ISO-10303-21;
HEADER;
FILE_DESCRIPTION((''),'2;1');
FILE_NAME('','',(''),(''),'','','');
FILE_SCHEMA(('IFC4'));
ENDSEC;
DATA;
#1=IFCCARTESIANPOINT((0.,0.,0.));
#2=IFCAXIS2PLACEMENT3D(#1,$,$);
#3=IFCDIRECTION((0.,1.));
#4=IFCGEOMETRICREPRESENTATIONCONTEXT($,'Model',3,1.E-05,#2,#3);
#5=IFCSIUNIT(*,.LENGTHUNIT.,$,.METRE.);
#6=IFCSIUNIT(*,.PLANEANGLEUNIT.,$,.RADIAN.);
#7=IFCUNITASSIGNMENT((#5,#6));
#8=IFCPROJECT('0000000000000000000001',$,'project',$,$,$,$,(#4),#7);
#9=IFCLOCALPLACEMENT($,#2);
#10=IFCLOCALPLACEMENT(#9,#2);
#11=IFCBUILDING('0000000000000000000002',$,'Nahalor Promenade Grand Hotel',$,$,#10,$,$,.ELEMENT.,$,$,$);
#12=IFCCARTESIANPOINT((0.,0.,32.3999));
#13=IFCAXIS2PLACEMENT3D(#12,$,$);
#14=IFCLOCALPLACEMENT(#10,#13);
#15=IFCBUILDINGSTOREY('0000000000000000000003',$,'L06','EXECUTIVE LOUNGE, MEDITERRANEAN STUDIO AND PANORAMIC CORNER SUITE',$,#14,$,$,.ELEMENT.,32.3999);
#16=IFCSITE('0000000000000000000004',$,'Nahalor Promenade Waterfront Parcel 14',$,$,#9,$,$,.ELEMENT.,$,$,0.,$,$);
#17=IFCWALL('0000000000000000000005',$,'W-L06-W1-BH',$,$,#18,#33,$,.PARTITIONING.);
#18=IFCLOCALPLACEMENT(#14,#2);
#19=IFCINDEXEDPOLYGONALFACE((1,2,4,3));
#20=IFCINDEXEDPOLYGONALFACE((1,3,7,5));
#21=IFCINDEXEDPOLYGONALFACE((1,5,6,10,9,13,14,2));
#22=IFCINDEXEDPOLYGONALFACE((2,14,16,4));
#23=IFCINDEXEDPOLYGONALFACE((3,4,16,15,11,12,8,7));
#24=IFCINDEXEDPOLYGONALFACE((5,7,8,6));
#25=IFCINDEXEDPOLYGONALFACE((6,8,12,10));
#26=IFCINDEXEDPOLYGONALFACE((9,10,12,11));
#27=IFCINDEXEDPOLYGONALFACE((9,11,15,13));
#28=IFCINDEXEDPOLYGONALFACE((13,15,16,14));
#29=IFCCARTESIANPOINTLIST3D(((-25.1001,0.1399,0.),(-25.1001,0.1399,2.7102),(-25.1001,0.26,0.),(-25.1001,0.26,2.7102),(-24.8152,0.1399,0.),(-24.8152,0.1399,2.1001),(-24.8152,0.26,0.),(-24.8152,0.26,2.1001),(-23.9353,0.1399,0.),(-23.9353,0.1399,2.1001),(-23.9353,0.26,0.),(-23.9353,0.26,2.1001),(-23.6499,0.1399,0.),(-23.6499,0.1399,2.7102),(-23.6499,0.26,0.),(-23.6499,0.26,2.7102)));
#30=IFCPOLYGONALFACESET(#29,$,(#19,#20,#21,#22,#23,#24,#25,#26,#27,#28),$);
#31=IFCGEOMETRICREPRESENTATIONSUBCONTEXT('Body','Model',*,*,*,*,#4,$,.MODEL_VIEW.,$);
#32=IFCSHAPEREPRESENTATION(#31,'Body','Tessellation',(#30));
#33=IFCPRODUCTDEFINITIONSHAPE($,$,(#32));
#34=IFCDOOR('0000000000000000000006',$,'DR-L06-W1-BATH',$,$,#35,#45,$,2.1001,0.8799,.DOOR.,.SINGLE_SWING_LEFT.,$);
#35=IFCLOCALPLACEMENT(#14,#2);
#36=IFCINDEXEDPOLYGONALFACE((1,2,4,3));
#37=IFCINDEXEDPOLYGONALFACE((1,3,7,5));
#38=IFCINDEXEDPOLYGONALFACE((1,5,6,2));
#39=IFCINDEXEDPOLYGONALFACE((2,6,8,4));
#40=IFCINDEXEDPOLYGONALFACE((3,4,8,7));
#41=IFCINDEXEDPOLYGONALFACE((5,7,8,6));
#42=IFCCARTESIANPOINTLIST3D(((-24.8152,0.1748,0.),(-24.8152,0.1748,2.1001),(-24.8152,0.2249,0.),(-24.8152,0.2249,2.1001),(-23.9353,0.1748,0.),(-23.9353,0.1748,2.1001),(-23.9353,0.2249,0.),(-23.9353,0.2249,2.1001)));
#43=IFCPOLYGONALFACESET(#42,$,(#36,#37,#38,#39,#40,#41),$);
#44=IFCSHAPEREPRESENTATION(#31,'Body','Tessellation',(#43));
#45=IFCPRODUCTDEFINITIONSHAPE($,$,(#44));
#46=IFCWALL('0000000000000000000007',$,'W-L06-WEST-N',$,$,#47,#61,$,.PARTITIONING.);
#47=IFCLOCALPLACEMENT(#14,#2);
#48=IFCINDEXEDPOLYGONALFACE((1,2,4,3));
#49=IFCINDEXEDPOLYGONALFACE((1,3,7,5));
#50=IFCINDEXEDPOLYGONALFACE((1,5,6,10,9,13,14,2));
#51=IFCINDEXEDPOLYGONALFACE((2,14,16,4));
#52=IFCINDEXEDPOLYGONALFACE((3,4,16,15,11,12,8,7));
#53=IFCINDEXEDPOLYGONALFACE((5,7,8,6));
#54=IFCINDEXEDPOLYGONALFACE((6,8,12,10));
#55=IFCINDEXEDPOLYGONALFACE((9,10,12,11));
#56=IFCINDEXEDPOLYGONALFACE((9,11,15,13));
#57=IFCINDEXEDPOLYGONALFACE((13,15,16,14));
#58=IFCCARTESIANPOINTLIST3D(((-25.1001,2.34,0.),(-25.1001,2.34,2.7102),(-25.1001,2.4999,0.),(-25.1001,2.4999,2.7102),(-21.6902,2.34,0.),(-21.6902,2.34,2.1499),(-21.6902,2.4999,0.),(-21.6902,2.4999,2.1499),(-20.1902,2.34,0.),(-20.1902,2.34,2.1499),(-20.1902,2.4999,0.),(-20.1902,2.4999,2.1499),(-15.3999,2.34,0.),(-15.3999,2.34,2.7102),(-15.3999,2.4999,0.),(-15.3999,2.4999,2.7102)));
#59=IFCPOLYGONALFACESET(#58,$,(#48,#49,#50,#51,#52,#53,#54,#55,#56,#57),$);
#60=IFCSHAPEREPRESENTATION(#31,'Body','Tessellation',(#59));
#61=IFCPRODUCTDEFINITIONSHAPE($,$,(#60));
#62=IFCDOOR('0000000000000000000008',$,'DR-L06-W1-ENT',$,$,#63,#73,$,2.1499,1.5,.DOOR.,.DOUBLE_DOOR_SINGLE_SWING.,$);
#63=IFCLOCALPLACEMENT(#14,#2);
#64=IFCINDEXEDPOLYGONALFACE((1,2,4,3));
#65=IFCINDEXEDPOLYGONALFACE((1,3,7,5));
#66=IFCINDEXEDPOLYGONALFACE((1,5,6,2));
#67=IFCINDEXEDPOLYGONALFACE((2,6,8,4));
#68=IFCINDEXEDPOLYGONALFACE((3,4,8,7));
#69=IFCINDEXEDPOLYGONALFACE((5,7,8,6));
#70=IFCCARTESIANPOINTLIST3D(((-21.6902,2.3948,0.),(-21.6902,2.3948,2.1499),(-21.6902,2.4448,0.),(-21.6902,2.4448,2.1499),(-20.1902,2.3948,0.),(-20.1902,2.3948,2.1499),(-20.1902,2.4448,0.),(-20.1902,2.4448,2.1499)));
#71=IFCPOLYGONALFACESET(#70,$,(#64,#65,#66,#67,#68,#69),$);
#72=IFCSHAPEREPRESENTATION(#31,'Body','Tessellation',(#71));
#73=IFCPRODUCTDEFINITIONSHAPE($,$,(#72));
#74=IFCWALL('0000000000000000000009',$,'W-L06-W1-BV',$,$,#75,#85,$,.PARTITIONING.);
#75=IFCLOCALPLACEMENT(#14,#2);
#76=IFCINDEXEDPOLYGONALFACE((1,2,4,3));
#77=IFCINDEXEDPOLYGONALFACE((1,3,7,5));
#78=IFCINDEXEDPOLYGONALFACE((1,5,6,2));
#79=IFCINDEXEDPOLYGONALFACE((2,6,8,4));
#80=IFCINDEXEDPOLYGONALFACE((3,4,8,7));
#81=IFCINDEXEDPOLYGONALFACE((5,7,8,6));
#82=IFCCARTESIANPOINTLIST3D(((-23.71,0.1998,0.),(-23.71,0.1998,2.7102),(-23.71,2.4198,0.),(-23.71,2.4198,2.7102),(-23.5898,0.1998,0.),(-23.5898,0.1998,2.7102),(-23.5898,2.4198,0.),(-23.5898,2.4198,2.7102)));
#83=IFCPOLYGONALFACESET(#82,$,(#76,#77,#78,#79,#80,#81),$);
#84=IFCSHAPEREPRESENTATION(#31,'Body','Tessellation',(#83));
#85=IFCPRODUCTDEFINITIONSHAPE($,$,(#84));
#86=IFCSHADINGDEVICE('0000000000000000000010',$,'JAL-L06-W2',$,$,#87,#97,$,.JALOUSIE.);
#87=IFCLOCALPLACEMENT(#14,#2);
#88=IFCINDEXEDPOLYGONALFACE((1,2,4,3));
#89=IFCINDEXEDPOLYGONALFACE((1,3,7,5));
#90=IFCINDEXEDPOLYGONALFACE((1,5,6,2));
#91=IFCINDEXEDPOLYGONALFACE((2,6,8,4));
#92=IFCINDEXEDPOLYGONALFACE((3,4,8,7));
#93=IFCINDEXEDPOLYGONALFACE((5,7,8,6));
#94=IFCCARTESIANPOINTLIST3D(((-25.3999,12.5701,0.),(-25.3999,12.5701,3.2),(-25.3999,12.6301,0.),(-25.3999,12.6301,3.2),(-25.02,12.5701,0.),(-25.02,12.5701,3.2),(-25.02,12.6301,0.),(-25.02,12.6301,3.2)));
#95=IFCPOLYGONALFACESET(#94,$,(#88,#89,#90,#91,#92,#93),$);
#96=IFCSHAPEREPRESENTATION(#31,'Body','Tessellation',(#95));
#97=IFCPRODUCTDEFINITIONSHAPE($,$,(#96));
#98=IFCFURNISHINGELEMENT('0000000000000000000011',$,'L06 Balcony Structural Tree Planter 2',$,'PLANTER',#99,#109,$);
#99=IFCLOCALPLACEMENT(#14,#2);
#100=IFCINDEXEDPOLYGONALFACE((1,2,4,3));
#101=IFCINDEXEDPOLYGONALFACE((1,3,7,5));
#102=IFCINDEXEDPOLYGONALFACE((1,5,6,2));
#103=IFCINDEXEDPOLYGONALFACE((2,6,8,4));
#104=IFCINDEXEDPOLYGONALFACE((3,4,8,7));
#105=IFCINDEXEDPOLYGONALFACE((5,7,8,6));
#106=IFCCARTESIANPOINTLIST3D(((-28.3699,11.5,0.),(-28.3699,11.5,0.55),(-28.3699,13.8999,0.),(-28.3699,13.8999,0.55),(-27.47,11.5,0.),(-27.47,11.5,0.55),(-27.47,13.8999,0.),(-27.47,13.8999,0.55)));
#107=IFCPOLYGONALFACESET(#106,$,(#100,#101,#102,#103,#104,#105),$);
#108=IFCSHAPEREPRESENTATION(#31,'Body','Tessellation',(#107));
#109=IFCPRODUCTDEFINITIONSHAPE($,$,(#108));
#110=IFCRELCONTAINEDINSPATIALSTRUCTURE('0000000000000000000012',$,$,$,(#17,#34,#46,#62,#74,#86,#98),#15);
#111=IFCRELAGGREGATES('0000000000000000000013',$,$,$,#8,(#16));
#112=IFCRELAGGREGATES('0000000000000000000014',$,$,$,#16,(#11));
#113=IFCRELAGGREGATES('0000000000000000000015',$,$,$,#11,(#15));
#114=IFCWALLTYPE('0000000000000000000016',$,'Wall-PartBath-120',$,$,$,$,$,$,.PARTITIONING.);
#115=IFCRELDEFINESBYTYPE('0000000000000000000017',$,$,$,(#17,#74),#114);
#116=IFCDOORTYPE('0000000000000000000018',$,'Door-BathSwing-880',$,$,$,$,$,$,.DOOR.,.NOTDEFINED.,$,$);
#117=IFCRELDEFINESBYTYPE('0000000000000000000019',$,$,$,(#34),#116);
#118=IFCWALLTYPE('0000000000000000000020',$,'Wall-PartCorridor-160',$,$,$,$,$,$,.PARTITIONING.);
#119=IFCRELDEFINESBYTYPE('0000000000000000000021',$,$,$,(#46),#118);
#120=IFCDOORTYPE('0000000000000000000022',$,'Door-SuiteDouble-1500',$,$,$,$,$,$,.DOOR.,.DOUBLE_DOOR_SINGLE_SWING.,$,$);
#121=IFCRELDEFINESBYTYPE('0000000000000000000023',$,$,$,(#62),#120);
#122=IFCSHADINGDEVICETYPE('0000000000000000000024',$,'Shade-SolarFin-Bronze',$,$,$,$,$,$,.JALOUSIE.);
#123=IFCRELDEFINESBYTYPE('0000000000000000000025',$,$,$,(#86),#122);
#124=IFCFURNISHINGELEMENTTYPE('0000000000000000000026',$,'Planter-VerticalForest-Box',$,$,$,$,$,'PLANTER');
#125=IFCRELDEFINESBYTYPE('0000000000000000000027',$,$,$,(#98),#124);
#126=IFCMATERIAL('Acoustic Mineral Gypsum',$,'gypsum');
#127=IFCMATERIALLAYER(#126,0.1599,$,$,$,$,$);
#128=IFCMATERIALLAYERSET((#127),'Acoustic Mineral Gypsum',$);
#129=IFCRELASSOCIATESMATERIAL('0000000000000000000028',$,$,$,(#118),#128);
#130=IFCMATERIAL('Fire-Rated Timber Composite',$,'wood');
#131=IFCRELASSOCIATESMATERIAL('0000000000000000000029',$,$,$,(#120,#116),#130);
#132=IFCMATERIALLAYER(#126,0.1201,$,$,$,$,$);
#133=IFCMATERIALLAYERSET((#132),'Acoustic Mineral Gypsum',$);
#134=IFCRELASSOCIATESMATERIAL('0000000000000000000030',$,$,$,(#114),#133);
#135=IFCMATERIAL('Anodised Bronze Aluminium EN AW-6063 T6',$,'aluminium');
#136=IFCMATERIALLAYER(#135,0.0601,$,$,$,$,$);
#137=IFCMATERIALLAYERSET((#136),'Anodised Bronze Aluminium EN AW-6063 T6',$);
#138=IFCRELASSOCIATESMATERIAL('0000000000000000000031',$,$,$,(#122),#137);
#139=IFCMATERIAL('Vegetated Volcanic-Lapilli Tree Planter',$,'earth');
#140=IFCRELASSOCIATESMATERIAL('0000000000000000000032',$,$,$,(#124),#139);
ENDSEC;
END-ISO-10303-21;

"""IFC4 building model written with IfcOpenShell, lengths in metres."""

from ifc_helpers import new_model, si_unit, direction, frame, frame_2d, origin, origin_2d, place, context, subcontext, project, spatial, rectangle, extrude, source, transform, mapped, material, layer, layer_set, type_object, element, fill, save


model = new_model("IFC4")

# Units and contexts
model_context = context("Model", 3, precision=1e-05, world=origin(), true_north=direction((0.0, 1.0)))
body_context = subcontext(model_context, "Body", "Model", "MODEL_VIEW")
ifc_project = project(units=[si_unit("LENGTHUNIT", "METRE"), si_unit("PLANEANGLEUNIT", "RADIAN")], contexts=[model_context])

# Site, building, storey
site_placement = place(None, origin())
site = spatial("IfcSite", under=ifc_project, at=site_placement, Name="Nahalor Promenade Waterfront Parcel 14", CompositionType="ELEMENT", RefElevation=0.0)
building_placement = place(site_placement, origin())
building = spatial("IfcBuilding", under=site, at=building_placement, Name="Nahalor Promenade Grand Hotel", CompositionType="ELEMENT")
storey_placement = place(building_placement, frame((0.0, 0.0, 32.3999)))
storey = spatial("IfcBuildingStorey", under=building, at=storey_placement, Name="L06", Description="EXECUTIVE LOUNGE, MEDITERRANEAN STUDIO AND PANORAMIC CORNER SUITE", CompositionType="ELEMENT", Elevation=32.3999)

# Shared definitions
ifc_material_1 = material(Name="Anodised Bronze Aluminium EN AW-6063 T6", Category="aluminium")

# Shared definitions
ifc_material_2 = material(Name="Acoustic Mineral Gypsum", Category="gypsum")
ifc_layer_1 = layer(ifc_material_2, 0.1599)
ifc_layer_set_1 = layer_set([ifc_layer_1], Name="Acoustic Mineral Gypsum")
wall_type_1 = type_object("IfcWallType", Name="Wall-PartCorridor-160", PredefinedType="PARTITIONING", material=ifc_layer_set_1)
ifc_material_3 = material(Name="Fire-Rated Timber Composite", Category="wood")
door_type_1 = type_object("IfcDoorType", Name="Door-SuiteDouble-1500", OperationType="DOUBLE_DOOR_SINGLE_SWING", PredefinedType="DOOR", material=ifc_material_3)
shared_shape_1 = source(origin(), body_context, "Body", "SweptSolid", [
    extrude(rectangle(XDim=1.5, YDim=2.1499, at=frame_2d((0.75, 1.075))), frame((0.0, 0.0249, 0.0), z_axis=(0.0, -1.0, 0.0), x_axis=(1.0, 0.0, 0.0)), (0.0, 0.0, 1.0), 0.05),
])

# Walls, openings, doors
ifc_layer_2 = layer(ifc_material_2, 0.1201)
ifc_layer_set_2 = layer_set([ifc_layer_2], Name="Acoustic Mineral Gypsum")
wall_type_2 = type_object("IfcWallType", Name="Wall-PartBath-120", PredefinedType="PARTITIONING", material=ifc_layer_set_2)
shared_shape_2 = source(origin(), body_context, "Body", "SweptSolid", [
    extrude(rectangle(XDim=1.4502, YDim=0.1201, at=frame_2d((0.7251, 0.0))), origin(), (0.0, 0.0, 1.0), 2.7102),
])
wall_1_placement = place(storey_placement, frame((-25.1001, 0.2, 0.0), z_axis=(0.0, 0.0, 1.0), x_axis=(1.0, 0.0, 0.0)))
wall_1 = element("IfcWall", 1, at=wall_1_placement, inside=storey, type_object=wall_type_2, Name="W-L06-W1-BH", PredefinedType="PARTITIONING", context=body_context, shape_type="MappedRepresentation", body=[
    mapped(shared_shape_2, transform((0.0, 0.0, 0.0), scale=1.0)),
])
opening_1_placement = place(wall_1_placement, frame((0.2849, 0.0, 0.0)))
opening_1 = element("IfcOpeningElement", 2, at=opening_1_placement, cuts=wall_1, PredefinedType="OPENING", context=body_context, shape_type="SweptSolid", body=[
    extrude(rectangle(XDim=0.8799, YDim=2.1001, at=frame_2d((0.4399, 1.05))), frame((0.0, 0.0701, 0.0), z_axis=(0.0, -1.0, 0.0), x_axis=(1.0, 0.0, 0.0)), (0.0, 0.0, 1.0), 0.1401),
])
door_type_2 = type_object("IfcDoorType", Name="Door-BathSwing-880", OperationType="NOTDEFINED", PredefinedType="DOOR", material=ifc_material_3)
shared_shape_3 = source(origin(), body_context, "Body", "SweptSolid", [
    extrude(rectangle(XDim=0.8799, YDim=2.1001, at=frame_2d((0.4399, 1.05))), frame((0.0, 0.0249, 0.0), z_axis=(0.0, -1.0, 0.0), x_axis=(1.0, 0.0, 0.0)), (0.0, 0.0, 1.0), 0.05),
])
door_1_placement = place(opening_1_placement, origin())
door_1 = element("IfcDoor", 3, at=door_1_placement, inside=storey, type_object=door_type_2, Name="DR-L06-W1-BATH", OperationType="SINGLE_SWING_LEFT", OverallHeight=2.1001, OverallWidth=0.8799, PredefinedType="DOOR", context=body_context, shape_type="MappedRepresentation", body=[
    mapped(shared_shape_3, transform((0.0, 0.0, 0.0), scale=1.0)),
])
fill(opening_1, door_1)
shared_shape_4 = source(origin(), body_context, "Body", "SweptSolid", [
    extrude(rectangle(XDim=9.7002, YDim=0.1599, at=frame_2d((4.8501, 0.0))), origin(), (0.0, 0.0, 1.0), 2.7102),
])
wall_2_placement = place(storey_placement, frame((-25.1001, 2.4199, 0.0), z_axis=(0.0, 0.0, 1.0), x_axis=(1.0, 0.0, 0.0)))
wall_2 = element("IfcWall", 4, at=wall_2_placement, inside=storey, type_object=wall_type_1, Name="W-L06-WEST-N", PredefinedType="PARTITIONING", context=body_context, shape_type="MappedRepresentation", body=[
    mapped(shared_shape_4, transform((0.0, 0.0, 0.0), scale=1.0)),
])
opening_2_placement = place(wall_2_placement, frame((3.4099, 0.0, 0.0)))
opening_2 = element("IfcOpeningElement", 5, at=opening_2_placement, cuts=wall_2, PredefinedType="OPENING", context=body_context, shape_type="SweptSolid", body=[
    extrude(rectangle(XDim=1.5, YDim=2.1499, at=frame_2d((0.75, 1.075))), frame((0.0, 0.0898, 0.0), z_axis=(0.0, -1.0, 0.0), x_axis=(1.0, 0.0, 0.0)), (0.0, 0.0, 1.0), 0.1799),
])
door_2_placement = place(opening_2_placement, origin())
door_2 = element("IfcDoor", 6, at=door_2_placement, inside=storey, type_object=door_type_1, Name="DR-L06-W1-ENT", OperationType="DOUBLE_DOOR_SINGLE_SWING", OverallHeight=2.1499, OverallWidth=1.5, PredefinedType="DOOR", context=body_context, shape_type="MappedRepresentation", body=[
    mapped(shared_shape_1, transform((0.0, 0.0, 0.0), scale=1.0)),
])
fill(opening_2, door_2)

# Wall
shared_shape_5 = source(origin(), body_context, "Body", "SweptSolid", [
    extrude(rectangle(XDim=2.22, YDim=0.1201, at=frame_2d((1.1099, 0.0))), origin(), (0.0, 0.0, 1.0), 2.7102),
])
wall_3_placement = place(storey_placement, frame((-23.6499, 0.2, 0.0), z_axis=(0.0, 0.0, 1.0), x_axis=(0.0, 1.0, 0.0)))
element("IfcWall", 7, at=wall_3_placement, inside=storey, type_object=wall_type_2, Name="W-L06-W1-BV", PredefinedType="PARTITIONING", context=body_context, shape_type="MappedRepresentation", body=[
    mapped(shared_shape_5, transform((0.0, 0.0, 0.0), scale=1.0)),
])

# Shading device
ifc_layer_3 = layer(ifc_material_1, 0.0601)
ifc_layer_set_3 = layer_set([ifc_layer_3], Name="Anodised Bronze Aluminium EN AW-6063 T6")
shading_device_type = type_object("IfcShadingDeviceType", Name="Shade-SolarFin-Bronze", PredefinedType="JALOUSIE", material=ifc_layer_set_3)
shared_shape_6 = source(origin(), body_context, "Body", "SweptSolid", [
    extrude(rectangle(XDim=0.3799, YDim=0.0601, at=origin_2d()), origin(), (0.0, 0.0, 1.0), 3.2),
])
shading_device_placement = place(storey_placement, frame((-25.21, 12.6001, 0.0), z_axis=(0.0, 0.0, 1.0), x_axis=(1.0, 0.0, 0.0)))
element("IfcShadingDevice", 8, at=shading_device_placement, inside=storey, type_object=shading_device_type, Name="JAL-L06-W2", PredefinedType="JALOUSIE", context=body_context, shape_type="MappedRepresentation", body=[
    mapped(shared_shape_6, transform((0.0, 0.0, 0.0), scale=1.0)),
])

# Furnishing element
ifc_material_4 = material(Name="Vegetated Volcanic-Lapilli Tree Planter", Category="earth")
furnishing_element_type = type_object("IfcFurnishingElementType", Name="Planter-VerticalForest-Box", ElementType="PLANTER", material=ifc_material_4)
shared_shape_7 = source(origin(), body_context, "Body", "SweptSolid", [
    extrude(rectangle(XDim=2.3999, YDim=0.8999, at=origin_2d()), origin(), (0.0, 0.0, 1.0), 0.55),
])
furnishing_placement = place(storey_placement, frame((-27.9199, 12.7, 0.0), z_axis=(0.0, 0.0, 1.0), x_axis=(0.0, 1.0, 0.0)))
element("IfcFurnishingElement", 9, at=furnishing_placement, inside=storey, type_object=furnishing_element_type, Name="L06 Balcony Structural Tree Planter 2", ObjectType="PLANTER", context=body_context, shape_type="MappedRepresentation", body=[
    mapped(shared_shape_7, transform((0.0, 0.0, 0.0), scale=1.0)),
])

save(model, "model.ifc")
